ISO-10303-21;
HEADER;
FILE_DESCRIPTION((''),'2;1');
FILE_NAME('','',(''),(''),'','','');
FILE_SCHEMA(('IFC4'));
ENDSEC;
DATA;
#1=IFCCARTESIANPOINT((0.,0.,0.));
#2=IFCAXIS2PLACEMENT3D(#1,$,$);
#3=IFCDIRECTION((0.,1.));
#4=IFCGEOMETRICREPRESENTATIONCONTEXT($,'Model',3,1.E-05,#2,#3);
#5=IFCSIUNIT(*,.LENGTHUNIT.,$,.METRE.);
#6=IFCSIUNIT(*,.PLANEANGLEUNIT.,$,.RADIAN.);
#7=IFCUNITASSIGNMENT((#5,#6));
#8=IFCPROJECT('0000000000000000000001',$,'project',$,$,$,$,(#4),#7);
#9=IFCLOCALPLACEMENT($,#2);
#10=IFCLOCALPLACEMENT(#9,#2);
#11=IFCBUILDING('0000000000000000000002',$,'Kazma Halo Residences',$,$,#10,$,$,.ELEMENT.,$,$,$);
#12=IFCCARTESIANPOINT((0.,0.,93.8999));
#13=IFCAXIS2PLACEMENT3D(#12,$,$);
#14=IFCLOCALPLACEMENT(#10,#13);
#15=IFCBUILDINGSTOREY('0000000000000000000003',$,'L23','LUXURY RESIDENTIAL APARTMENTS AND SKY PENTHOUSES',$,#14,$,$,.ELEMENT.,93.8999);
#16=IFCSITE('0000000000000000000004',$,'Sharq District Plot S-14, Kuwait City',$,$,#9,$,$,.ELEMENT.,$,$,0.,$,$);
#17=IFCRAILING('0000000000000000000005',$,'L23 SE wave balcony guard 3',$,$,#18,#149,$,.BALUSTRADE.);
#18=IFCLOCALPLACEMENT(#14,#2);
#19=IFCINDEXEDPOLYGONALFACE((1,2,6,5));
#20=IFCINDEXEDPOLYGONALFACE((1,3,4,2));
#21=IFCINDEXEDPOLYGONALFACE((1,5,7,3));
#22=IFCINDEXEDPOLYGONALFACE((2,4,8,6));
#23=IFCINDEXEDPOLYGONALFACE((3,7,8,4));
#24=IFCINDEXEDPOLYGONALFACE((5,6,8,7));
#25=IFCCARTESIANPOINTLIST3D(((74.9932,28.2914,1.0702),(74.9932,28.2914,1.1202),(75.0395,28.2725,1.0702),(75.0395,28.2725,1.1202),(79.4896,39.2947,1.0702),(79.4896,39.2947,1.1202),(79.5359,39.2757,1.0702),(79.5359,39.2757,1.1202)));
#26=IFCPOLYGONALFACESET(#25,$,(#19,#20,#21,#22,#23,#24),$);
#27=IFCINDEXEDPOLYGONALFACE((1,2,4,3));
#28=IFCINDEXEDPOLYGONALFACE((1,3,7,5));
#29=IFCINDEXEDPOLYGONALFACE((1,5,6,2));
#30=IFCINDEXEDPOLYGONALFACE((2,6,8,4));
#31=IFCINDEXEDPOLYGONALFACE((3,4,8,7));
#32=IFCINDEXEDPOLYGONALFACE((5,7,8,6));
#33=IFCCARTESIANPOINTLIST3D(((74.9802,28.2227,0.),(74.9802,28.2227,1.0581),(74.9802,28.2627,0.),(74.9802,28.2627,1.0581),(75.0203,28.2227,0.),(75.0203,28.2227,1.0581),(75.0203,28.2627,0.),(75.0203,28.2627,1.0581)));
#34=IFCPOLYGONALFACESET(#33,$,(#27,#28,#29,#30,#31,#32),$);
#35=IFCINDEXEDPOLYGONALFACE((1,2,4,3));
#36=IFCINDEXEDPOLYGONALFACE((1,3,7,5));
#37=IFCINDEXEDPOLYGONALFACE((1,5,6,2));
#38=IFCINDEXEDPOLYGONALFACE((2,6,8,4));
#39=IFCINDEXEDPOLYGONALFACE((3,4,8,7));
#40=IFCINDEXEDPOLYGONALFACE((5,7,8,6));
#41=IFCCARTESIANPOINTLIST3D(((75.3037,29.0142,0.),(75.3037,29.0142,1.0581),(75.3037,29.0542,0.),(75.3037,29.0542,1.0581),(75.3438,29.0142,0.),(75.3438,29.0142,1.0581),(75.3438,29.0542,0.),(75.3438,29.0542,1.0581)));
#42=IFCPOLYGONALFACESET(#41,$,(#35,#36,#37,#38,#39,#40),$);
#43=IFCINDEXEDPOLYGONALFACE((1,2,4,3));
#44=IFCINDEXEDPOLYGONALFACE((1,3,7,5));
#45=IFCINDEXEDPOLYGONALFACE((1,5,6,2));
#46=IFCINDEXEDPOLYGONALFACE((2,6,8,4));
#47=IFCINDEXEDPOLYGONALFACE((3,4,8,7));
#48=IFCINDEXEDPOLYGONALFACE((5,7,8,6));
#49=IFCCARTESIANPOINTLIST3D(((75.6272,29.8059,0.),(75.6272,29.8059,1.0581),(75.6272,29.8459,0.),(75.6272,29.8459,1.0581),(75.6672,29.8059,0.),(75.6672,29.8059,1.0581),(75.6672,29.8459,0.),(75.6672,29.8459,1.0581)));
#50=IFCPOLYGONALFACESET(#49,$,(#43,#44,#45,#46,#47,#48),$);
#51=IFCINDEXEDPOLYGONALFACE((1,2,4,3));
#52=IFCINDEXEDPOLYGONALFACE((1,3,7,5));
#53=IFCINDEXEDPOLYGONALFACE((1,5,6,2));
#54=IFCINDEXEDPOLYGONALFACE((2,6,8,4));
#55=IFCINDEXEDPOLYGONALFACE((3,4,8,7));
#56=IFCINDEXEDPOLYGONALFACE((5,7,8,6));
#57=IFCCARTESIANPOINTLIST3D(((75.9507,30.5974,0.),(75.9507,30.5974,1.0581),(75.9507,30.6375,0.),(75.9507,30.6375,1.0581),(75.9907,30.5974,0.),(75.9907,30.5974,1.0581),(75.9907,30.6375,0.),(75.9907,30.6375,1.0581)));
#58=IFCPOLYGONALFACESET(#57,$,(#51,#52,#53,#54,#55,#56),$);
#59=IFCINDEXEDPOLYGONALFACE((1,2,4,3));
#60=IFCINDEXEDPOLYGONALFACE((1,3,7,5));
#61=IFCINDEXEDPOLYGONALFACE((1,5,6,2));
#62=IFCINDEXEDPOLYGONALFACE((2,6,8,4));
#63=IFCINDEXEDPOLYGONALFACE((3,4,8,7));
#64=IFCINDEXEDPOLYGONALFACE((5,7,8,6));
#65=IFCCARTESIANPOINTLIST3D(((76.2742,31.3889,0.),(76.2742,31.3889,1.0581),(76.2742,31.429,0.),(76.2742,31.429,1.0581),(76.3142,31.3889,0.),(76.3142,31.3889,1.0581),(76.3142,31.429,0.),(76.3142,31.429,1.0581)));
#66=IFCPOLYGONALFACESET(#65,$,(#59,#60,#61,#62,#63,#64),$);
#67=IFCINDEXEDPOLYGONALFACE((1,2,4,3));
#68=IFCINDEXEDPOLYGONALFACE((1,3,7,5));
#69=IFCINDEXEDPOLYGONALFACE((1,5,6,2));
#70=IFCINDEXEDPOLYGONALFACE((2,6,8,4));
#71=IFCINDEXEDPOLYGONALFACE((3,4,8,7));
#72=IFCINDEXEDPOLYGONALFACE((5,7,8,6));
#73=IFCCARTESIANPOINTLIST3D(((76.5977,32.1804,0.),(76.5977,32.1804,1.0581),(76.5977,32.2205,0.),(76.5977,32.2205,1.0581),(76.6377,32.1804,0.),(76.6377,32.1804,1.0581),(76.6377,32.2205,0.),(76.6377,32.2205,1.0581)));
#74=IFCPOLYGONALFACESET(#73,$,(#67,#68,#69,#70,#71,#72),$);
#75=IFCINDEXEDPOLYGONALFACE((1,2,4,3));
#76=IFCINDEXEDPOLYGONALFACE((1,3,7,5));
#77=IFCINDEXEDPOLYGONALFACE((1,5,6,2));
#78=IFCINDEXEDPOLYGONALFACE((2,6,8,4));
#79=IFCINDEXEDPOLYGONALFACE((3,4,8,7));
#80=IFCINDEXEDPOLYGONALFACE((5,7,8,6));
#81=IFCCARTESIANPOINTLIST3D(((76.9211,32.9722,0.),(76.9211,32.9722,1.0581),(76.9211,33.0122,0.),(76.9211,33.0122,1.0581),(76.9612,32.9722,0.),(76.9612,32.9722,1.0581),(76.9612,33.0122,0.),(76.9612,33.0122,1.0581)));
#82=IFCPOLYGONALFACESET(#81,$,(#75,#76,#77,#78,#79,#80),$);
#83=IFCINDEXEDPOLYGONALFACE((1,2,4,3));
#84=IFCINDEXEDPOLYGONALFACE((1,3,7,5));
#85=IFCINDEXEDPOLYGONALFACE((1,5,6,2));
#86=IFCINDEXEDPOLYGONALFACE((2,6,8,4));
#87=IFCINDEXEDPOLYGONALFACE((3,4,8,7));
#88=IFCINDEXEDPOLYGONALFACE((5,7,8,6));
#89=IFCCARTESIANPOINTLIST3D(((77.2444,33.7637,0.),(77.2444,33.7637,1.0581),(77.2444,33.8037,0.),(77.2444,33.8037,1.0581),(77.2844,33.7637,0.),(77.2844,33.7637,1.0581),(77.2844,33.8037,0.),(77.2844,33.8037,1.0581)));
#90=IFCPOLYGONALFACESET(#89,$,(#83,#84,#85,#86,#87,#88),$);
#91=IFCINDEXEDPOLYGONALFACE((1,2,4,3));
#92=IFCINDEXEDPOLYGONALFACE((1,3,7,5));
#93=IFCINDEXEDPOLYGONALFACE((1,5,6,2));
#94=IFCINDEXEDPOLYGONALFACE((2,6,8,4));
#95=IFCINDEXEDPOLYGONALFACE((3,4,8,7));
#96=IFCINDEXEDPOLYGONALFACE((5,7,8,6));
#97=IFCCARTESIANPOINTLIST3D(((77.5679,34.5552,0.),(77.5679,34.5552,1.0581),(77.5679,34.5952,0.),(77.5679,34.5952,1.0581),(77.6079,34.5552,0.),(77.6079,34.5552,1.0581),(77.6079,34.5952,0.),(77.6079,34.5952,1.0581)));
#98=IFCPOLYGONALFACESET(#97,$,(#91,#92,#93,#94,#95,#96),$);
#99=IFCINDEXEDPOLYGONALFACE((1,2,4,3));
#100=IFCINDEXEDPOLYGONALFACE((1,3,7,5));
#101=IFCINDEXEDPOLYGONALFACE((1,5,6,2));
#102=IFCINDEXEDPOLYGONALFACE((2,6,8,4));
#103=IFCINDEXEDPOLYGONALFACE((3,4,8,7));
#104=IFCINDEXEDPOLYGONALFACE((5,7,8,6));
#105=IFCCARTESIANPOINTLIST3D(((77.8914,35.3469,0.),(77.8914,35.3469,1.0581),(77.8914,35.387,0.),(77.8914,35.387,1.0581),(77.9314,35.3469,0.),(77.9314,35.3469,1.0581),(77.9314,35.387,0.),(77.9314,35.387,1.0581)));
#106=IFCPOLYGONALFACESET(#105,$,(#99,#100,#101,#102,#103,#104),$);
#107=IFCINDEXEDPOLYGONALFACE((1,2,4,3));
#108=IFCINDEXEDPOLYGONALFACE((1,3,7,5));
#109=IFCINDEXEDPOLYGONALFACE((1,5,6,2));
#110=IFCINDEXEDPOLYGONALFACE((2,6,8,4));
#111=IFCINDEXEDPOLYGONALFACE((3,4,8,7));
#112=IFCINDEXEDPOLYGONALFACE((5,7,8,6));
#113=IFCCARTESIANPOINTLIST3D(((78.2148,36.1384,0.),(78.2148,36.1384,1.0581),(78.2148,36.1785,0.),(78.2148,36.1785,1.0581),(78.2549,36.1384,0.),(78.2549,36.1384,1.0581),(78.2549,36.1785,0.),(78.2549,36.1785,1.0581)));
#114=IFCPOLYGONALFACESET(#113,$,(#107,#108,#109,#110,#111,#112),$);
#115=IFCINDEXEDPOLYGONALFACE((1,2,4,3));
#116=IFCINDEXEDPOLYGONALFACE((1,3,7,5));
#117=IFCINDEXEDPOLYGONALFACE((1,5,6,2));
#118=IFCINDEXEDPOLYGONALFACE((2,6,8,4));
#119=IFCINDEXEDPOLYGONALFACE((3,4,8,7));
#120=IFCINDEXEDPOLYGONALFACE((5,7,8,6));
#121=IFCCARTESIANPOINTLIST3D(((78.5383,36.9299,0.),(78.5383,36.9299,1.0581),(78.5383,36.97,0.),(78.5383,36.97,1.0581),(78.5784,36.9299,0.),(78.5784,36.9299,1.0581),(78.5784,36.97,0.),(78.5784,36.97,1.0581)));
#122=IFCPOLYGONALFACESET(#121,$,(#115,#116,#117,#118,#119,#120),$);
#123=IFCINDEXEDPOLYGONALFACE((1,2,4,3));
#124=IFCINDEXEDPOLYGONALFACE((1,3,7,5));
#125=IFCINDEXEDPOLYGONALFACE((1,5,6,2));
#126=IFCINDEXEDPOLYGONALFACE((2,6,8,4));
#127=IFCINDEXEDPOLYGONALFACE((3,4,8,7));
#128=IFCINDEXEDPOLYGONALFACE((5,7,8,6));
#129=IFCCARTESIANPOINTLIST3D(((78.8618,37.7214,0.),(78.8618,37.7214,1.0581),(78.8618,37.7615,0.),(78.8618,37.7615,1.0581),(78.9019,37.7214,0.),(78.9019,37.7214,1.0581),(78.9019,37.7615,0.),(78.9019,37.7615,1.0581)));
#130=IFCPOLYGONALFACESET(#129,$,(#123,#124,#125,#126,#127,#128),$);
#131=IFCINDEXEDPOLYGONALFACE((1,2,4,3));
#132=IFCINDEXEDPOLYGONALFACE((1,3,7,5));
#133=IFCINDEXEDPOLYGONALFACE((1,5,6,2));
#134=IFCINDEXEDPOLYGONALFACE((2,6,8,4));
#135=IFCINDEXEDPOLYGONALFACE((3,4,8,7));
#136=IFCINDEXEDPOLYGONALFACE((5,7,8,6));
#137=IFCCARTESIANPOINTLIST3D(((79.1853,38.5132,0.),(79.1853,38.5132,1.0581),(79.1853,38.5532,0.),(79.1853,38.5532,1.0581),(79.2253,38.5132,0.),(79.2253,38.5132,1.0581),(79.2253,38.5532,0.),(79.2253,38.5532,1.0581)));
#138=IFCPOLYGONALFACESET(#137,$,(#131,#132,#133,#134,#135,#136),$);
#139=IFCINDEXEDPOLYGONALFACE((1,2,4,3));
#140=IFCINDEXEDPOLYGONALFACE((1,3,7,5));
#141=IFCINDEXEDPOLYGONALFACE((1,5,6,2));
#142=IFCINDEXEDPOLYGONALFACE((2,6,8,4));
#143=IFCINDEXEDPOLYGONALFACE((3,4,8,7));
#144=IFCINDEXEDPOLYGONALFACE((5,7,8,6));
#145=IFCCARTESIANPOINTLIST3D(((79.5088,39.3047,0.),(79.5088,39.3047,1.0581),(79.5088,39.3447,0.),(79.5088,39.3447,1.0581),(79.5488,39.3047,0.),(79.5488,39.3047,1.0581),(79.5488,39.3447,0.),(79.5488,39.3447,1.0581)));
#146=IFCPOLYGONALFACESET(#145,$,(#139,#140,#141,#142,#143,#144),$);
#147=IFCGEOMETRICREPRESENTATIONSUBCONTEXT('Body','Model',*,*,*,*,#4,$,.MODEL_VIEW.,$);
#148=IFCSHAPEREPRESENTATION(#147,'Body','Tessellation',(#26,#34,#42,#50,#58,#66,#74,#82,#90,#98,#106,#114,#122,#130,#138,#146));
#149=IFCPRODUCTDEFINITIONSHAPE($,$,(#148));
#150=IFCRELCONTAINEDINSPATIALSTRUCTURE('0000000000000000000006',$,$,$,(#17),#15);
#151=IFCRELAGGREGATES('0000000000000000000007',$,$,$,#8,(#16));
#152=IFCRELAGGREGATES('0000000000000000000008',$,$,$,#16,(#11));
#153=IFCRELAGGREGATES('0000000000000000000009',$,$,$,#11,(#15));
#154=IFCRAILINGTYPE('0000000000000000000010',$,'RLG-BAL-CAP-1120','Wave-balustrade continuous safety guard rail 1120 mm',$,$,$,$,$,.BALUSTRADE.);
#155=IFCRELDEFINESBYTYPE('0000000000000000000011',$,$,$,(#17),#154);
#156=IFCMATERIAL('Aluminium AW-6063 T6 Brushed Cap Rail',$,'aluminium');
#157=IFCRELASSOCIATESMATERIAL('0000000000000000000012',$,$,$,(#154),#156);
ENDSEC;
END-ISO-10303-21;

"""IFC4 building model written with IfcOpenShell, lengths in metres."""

from ifc_helpers import new_model, si_unit, direction, frame, origin, origin_2d, place, context, subcontext, project, spatial, rectangle, extrude, material, type_object, element, save


model = new_model("IFC4")

# Units and contexts
model_context = context("Model", 3, precision=1e-05, world=origin(), true_north=direction((0.0, 1.0)))
body_context = subcontext(model_context, "Body", "Model", "MODEL_VIEW")
ifc_project = project(units=[si_unit("LENGTHUNIT", "METRE"), si_unit("PLANEANGLEUNIT", "RADIAN")], contexts=[model_context])

# Site, building, storey
site_placement = place(None, origin())
site = spatial("IfcSite", under=ifc_project, at=site_placement, Name="Sharq District Plot S-14, Kuwait City", CompositionType="ELEMENT", RefElevation=0.0)
building_placement = place(site_placement, origin())
building = spatial("IfcBuilding", under=site, at=building_placement, Name="Kazma Halo Residences", CompositionType="ELEMENT")
storey_placement = place(building_placement, frame((0.0, 0.0, 93.8999)))
storey = spatial("IfcBuildingStorey", under=building, at=storey_placement, Name="L23", Description="LUXURY RESIDENTIAL APARTMENTS AND SKY PENTHOUSES", CompositionType="ELEMENT", Elevation=93.8999)

# Railing
ifc_material_1 = material(Name="Aluminium AW-6063 T6 Brushed Cap Rail", Category="aluminium")
railing_type = type_object("IfcRailingType", Name="RLG-BAL-CAP-1120", Description="Wave-balustrade continuous safety guard rail 1120 mm", PredefinedType="BALUSTRADE", material=ifc_material_1)
railing_1_placement = place(storey_placement, frame((75.0002, 28.2427, 0.0)))
element("IfcRailing", 1, at=railing_1_placement, inside=storey, type_object=railing_type, Name="L23 SE wave balcony guard 3", PredefinedType="BALUSTRADE", context=body_context, shape_type="SweptSolid", body=[
    extrude(rectangle(XDim=0.05, YDim=0.05, at=origin_2d()), frame((0.0161, 0.0393, 1.0952), z_axis=(0.378275, 0.925693, 0.0), x_axis=(-0.925693, 0.378275, 0.0)), (0.0, 0.0, 1.0), 11.8865),
    extrude(rectangle(XDim=0.04, YDim=0.04, at=origin_2d()), origin(), (0.0, 0.0, 1.0), 1.0581),
    extrude(rectangle(XDim=0.04, YDim=0.04, at=origin_2d()), frame((0.3235, 0.7915, 0.0)), (0.0, 0.0, 1.0), 1.0581),
    extrude(rectangle(XDim=0.04, YDim=0.04, at=origin_2d()), frame((0.647, 1.5833, 0.0)), (0.0, 0.0, 1.0), 1.0581),
    extrude(rectangle(XDim=0.04, YDim=0.04, at=origin_2d()), frame((0.9705, 2.3748, 0.0)), (0.0, 0.0, 1.0), 1.0581),
    extrude(rectangle(XDim=0.04, YDim=0.04, at=origin_2d()), frame((1.2939, 3.1663, 0.0)), (0.0, 0.0, 1.0), 1.0581),
    extrude(rectangle(XDim=0.04, YDim=0.04, at=origin_2d()), frame((1.6174, 3.9578, 0.0)), (0.0, 0.0, 1.0), 1.0581),
    extrude(rectangle(XDim=0.04, YDim=0.04, at=origin_2d()), frame((1.9409, 4.7495, 0.0)), (0.0, 0.0, 1.0), 1.0581),
    extrude(rectangle(XDim=0.04, YDim=0.04, at=origin_2d()), frame((2.2642, 5.541, 0.0)), (0.0, 0.0, 1.0), 1.0581),
    extrude(rectangle(XDim=0.04, YDim=0.04, at=origin_2d()), frame((2.5876, 6.3325, 0.0)), (0.0, 0.0, 1.0), 1.0581),
    extrude(rectangle(XDim=0.04, YDim=0.04, at=origin_2d()), frame((2.9111, 7.1243, 0.0)), (0.0, 0.0, 1.0), 1.0581),
    extrude(rectangle(XDim=0.04, YDim=0.04, at=origin_2d()), frame((3.2346, 7.9158, 0.0)), (0.0, 0.0, 1.0), 1.0581),
    extrude(rectangle(XDim=0.04, YDim=0.04, at=origin_2d()), frame((3.5581, 8.7073, 0.0)), (0.0, 0.0, 1.0), 1.0581),
    extrude(rectangle(XDim=0.04, YDim=0.04, at=origin_2d()), frame((3.8816, 9.4988, 0.0)), (0.0, 0.0, 1.0), 1.0581),
    extrude(rectangle(XDim=0.04, YDim=0.04, at=origin_2d()), frame((4.2051, 10.2905, 0.0)), (0.0, 0.0, 1.0), 1.0581),
    extrude(rectangle(XDim=0.04, YDim=0.04, at=origin_2d()), frame((4.5286, 11.082, 0.0)), (0.0, 0.0, 1.0), 1.0581),
])

save(model, "model.ifc")
